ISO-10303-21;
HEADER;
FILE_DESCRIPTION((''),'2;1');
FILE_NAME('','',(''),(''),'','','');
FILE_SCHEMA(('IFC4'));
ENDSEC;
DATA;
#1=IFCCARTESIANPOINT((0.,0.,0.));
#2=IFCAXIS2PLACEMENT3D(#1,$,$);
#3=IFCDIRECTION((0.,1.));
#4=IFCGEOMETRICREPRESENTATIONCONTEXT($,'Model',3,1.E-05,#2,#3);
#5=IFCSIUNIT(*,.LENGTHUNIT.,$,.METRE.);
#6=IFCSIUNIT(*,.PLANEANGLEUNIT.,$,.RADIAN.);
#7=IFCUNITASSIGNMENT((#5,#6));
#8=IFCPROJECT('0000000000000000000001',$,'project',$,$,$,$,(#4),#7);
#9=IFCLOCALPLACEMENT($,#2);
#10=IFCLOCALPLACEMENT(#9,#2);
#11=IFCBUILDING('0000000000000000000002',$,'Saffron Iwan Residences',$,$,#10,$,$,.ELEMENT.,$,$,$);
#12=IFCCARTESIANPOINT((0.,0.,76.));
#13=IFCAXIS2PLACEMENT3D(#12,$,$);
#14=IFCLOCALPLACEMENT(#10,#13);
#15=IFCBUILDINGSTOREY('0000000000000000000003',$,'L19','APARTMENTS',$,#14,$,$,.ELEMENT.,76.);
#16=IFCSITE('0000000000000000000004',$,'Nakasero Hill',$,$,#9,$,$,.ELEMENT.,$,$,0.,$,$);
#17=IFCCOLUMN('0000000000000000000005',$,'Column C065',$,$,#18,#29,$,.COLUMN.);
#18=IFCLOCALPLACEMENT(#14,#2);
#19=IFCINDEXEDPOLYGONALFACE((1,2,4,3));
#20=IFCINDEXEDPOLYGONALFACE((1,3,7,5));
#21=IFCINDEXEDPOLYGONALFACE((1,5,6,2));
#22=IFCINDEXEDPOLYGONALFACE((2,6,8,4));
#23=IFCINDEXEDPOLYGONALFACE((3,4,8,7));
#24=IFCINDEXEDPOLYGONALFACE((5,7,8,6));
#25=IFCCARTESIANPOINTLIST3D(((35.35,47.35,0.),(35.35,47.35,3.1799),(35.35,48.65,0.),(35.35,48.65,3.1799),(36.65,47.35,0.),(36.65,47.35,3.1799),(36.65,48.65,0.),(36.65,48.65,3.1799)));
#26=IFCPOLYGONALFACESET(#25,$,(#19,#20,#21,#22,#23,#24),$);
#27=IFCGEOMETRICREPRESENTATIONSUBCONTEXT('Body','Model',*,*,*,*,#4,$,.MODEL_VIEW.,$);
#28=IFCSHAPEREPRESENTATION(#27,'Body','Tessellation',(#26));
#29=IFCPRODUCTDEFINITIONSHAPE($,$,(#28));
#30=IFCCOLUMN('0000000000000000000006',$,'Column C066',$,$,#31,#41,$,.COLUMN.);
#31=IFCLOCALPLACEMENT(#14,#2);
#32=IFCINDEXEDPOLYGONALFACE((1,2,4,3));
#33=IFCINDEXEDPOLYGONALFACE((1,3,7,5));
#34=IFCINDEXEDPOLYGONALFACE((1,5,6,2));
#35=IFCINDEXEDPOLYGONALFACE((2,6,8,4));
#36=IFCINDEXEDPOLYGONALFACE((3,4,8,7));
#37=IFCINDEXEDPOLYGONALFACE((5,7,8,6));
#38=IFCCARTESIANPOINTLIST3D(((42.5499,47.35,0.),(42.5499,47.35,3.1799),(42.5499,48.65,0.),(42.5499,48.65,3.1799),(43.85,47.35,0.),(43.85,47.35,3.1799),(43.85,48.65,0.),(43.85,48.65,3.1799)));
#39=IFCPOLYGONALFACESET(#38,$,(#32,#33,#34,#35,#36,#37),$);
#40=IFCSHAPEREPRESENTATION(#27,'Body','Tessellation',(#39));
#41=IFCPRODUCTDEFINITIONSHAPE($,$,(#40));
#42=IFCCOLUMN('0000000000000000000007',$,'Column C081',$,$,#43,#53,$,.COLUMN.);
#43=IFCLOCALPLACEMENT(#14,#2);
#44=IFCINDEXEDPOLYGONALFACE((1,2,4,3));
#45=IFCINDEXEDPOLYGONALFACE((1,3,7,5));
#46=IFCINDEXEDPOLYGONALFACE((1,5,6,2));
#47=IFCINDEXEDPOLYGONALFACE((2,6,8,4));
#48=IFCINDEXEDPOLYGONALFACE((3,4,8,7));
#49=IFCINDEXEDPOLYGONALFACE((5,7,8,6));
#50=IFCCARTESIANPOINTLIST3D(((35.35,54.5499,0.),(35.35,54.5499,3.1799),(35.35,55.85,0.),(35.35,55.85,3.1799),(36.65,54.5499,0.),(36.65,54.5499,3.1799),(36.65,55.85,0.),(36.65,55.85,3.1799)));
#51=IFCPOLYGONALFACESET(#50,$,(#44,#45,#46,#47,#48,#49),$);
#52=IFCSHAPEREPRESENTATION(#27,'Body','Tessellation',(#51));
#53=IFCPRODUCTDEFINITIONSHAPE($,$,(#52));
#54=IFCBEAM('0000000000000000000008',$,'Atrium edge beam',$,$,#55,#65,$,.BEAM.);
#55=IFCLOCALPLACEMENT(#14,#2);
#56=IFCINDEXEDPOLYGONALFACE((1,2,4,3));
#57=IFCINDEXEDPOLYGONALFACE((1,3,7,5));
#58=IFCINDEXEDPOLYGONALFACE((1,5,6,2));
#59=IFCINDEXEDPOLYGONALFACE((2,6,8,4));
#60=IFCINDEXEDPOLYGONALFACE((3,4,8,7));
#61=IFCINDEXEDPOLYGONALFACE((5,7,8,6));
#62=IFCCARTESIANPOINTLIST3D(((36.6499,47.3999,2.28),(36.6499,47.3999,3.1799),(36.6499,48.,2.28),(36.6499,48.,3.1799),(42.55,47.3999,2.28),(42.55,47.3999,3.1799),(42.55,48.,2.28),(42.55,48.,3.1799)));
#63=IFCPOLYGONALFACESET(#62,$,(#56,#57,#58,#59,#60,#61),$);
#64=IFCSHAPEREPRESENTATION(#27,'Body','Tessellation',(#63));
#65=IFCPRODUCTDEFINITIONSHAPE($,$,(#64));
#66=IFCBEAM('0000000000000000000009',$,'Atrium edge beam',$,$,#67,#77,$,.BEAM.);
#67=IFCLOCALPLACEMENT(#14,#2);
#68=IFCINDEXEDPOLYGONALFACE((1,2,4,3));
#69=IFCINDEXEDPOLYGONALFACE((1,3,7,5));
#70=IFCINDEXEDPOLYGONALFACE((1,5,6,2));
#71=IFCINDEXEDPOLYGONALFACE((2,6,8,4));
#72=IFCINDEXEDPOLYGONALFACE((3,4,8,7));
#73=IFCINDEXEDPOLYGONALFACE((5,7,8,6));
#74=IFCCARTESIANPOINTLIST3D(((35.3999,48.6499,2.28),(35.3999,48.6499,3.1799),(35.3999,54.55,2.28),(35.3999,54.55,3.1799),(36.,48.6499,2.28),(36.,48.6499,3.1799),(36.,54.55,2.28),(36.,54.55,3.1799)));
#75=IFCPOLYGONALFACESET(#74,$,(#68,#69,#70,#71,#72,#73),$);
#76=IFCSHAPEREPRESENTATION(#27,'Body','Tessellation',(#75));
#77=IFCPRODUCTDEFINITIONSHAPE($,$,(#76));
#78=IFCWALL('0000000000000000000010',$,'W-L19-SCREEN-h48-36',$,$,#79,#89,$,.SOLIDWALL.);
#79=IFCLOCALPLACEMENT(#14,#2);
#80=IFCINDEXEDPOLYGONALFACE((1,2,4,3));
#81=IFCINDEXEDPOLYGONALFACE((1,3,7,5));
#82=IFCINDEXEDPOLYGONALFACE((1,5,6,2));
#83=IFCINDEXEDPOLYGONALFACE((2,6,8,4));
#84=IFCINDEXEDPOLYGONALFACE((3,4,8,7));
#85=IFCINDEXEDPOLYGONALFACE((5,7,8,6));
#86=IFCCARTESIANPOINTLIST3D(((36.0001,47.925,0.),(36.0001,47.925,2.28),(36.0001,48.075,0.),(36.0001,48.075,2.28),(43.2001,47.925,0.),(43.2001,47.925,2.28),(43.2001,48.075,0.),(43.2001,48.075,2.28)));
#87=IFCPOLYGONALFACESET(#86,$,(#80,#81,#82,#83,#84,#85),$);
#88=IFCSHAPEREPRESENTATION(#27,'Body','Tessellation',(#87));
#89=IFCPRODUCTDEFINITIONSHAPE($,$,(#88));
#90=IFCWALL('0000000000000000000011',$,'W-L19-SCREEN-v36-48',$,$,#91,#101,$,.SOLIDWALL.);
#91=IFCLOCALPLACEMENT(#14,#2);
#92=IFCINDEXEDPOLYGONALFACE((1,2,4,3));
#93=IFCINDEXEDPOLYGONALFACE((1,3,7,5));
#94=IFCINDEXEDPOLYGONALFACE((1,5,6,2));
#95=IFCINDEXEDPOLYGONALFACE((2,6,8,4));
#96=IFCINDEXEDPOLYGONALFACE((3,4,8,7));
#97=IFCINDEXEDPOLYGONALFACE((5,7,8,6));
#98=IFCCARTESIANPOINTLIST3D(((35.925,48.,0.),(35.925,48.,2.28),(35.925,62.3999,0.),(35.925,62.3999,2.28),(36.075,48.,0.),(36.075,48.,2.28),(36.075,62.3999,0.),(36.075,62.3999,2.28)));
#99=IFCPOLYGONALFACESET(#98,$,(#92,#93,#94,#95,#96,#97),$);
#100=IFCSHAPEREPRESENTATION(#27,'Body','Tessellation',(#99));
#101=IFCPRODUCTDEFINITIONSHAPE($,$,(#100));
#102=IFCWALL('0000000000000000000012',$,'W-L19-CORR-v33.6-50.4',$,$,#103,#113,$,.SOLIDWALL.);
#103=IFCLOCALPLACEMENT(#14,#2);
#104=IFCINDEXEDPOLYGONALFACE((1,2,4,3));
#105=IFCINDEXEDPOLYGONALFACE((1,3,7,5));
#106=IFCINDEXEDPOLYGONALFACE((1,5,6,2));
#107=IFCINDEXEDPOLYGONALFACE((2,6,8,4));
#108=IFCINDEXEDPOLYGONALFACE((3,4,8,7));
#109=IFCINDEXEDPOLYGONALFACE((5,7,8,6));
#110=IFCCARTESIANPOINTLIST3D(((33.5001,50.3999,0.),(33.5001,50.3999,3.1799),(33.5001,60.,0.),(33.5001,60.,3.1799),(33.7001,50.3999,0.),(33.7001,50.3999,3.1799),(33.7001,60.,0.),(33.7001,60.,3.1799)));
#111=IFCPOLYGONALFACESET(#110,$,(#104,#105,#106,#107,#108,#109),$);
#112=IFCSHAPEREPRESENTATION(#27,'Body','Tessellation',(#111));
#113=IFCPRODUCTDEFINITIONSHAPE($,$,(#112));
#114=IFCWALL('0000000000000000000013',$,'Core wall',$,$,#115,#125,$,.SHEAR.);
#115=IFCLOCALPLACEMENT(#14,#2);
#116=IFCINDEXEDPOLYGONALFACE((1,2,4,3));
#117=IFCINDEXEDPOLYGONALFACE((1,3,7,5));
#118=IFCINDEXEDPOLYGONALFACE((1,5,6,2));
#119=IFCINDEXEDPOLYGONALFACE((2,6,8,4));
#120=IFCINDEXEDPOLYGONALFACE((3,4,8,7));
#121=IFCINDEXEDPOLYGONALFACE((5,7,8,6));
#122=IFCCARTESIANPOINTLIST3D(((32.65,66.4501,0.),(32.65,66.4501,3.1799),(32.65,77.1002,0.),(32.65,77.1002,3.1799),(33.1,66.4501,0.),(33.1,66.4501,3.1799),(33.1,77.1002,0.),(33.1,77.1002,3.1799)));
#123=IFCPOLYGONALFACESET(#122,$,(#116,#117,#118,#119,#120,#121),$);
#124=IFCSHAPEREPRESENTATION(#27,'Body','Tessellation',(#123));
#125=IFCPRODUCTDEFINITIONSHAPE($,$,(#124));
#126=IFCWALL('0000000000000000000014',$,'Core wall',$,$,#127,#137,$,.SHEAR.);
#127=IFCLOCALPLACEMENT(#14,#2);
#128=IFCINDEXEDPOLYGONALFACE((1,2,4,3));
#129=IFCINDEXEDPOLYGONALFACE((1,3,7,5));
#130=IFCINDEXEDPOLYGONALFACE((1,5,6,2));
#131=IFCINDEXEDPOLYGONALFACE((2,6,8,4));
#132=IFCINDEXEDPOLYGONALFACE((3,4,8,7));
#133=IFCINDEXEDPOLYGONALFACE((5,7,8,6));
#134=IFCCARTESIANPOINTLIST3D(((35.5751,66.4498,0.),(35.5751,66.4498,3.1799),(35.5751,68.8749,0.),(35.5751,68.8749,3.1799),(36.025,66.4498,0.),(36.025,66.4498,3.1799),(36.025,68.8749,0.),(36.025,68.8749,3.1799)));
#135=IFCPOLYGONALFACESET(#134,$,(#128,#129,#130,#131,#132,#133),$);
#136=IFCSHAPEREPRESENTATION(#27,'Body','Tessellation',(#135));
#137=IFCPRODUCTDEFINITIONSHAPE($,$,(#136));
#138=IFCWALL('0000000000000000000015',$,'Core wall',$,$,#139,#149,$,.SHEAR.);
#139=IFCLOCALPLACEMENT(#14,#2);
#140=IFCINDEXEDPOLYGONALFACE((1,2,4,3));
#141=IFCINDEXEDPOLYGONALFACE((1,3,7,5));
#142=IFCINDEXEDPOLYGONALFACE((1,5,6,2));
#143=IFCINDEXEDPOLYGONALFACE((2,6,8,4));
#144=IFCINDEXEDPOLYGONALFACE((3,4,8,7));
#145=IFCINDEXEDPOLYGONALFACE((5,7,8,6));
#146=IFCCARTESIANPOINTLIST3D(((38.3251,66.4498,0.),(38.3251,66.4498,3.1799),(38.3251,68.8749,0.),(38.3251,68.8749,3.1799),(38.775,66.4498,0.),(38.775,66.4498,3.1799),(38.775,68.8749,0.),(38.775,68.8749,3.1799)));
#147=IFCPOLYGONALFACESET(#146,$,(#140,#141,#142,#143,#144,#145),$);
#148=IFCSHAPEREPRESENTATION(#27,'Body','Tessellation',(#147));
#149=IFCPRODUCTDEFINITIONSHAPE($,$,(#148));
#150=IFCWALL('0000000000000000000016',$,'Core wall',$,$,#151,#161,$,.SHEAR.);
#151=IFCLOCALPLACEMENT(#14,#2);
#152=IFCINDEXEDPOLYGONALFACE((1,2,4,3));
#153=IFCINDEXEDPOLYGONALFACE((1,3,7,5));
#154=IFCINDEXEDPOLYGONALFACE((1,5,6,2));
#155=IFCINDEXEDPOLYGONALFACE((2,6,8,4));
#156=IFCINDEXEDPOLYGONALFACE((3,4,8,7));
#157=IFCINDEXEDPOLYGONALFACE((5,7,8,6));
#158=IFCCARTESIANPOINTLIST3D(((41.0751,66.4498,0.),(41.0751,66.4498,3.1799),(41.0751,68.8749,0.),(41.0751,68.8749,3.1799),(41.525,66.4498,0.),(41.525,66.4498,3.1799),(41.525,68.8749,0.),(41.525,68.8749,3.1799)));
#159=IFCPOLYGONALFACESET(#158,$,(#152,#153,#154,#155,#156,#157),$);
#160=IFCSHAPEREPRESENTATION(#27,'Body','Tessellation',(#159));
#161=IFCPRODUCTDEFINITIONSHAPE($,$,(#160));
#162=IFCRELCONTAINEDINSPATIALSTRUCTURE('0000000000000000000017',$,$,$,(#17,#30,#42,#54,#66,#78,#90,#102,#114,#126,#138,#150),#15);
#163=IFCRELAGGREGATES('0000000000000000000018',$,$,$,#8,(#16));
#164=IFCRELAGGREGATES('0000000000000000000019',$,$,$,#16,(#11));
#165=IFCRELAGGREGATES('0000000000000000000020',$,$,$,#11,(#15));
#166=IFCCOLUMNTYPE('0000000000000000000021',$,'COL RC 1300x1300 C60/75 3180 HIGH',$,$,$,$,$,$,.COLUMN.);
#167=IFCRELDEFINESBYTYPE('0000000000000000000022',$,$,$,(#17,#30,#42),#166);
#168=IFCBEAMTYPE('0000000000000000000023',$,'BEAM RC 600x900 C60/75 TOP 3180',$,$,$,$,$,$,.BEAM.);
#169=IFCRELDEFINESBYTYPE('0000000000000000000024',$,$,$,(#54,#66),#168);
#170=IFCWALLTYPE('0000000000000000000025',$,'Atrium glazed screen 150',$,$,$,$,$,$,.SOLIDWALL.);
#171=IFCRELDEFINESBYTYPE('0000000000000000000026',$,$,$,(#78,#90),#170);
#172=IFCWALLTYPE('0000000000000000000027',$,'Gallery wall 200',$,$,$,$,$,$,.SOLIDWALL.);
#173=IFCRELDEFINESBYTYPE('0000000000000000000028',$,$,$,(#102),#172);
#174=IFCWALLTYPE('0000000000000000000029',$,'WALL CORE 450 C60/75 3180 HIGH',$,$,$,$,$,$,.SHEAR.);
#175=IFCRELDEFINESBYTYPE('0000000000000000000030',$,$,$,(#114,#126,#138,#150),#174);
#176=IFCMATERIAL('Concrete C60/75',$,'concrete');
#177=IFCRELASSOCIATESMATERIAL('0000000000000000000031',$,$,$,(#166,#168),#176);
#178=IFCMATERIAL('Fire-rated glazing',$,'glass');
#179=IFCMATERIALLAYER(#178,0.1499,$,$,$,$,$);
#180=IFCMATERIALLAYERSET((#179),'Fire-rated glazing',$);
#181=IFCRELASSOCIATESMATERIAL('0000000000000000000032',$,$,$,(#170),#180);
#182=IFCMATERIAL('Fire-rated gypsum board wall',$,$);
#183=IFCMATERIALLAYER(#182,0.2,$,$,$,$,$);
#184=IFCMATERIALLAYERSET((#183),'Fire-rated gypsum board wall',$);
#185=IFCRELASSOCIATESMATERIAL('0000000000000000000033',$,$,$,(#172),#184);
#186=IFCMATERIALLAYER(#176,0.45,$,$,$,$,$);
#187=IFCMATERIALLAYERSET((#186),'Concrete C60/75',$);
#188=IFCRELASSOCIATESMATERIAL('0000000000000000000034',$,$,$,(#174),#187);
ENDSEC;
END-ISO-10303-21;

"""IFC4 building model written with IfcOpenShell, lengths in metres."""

from ifc_helpers import new_model, si_unit, direction, frame, frame_2d, origin, origin_2d, place, context, subcontext, project, spatial, rectangle, extrude, source, transform, mapped, material, layer, layer_set, material_profile, profile_set, type_object, element, save


model = new_model("IFC4")

# Units and contexts
model_context = context("Model", 3, precision=1e-05, world=origin(), true_north=direction((0.0, 1.0)))
body_context = subcontext(model_context, "Body", "Model", "MODEL_VIEW")
ifc_project = project(units=[si_unit("LENGTHUNIT", "METRE"), si_unit("PLANEANGLEUNIT", "RADIAN")], contexts=[model_context])

# Site, building, storey
site_placement = place(None, origin())
site = spatial("IfcSite", under=ifc_project, at=site_placement, Name="Nakasero Hill", CompositionType="ELEMENT", RefElevation=0.0)
building_placement = place(site_placement, origin())
building = spatial("IfcBuilding", under=site, at=building_placement, Name="Saffron Iwan Residences", CompositionType="ELEMENT")
storey_placement = place(building_placement, frame((0.0, 0.0, 76.0)))
storey = spatial("IfcBuildingStorey", under=building, at=storey_placement, Name="L19", Description="APARTMENTS", CompositionType="ELEMENT", Elevation=76.0)

# Columns
ifc_material_1 = material(Name="Concrete C60/75", Category="concrete")
ifc_material_profile_1 = material_profile(ifc_material_1, rectangle(XDim=1.3, YDim=1.3, at=origin_2d()), Name="RC 1300x1300")
ifc_profile_set_1 = profile_set([ifc_material_profile_1], Name="Concrete C60/75")
column_type = type_object("IfcColumnType", Name="COL RC 1300x1300 C60/75 3180 HIGH", PredefinedType="COLUMN", material=ifc_profile_set_1)
shared_shape_1 = source(origin(), body_context, "Body", "SweptSolid", [
    extrude(rectangle(XDim=1.3, YDim=1.3, at=origin_2d()), origin(), (0.0, 0.0, 1.0), 3.1799),
])
for number, where, z_axis, x_axis, name in (
    (1, (36.0, 48.0, 0.0), (0.0, 0.0, 1.0), (1.0, 0.0, 0.0), "Column C065"),
    (2, (43.2, 48.0, 0.0), (0.0, 0.0, 1.0), (1.0, 0.0, 0.0), "Column C066"),
    (3, (36.0, 55.2, 0.0), (0.0, 0.0, 1.0), (1.0, 0.0, 0.0), "Column C081"),
):
    element("IfcColumn", number, at=place(storey_placement, frame(where, z_axis=z_axis, x_axis=x_axis)), inside=storey, type_object=column_type, Name=name, PredefinedType="COLUMN", context=body_context, shape_type="MappedRepresentation", body=[
        mapped(shared_shape_1, transform((0.0, 0.0, 0.0))),
    ])

# Beams
ifc_material_profile_2 = material_profile(ifc_material_1, rectangle(XDim=0.6001, YDim=0.8999, at=origin_2d()), Name="RC 600x900")
ifc_profile_set_2 = profile_set([ifc_material_profile_2], Name="Concrete C60/75")
beam_type = type_object("IfcBeamType", Name="BEAM RC 600x900 C60/75 TOP 3180", PredefinedType="BEAM", material=ifc_profile_set_2)
shared_shape_2 = source(origin(), body_context, "Body", "SweptSolid", [
    extrude(rectangle(XDim=0.6001, YDim=0.8999, at=origin_2d()), origin(), (0.0, 0.0, 1.0), 5.9001),
])
for number, where, z_axis, x_axis, name in (
    (4, (42.55, 47.7, 2.73), (-1.0, 0.0, 0.0), (0.0, -1.0, 0.0), "Atrium edge beam"),
    (5, (35.7, 48.6499, 2.73), (0.0, 1.0, 0.0), (-1.0, 0.0, 0.0), "Atrium edge beam"),
):
    element("IfcBeam", number, at=place(storey_placement, frame(where, z_axis=z_axis, x_axis=x_axis)), inside=storey, type_object=beam_type, Name=name, PredefinedType="BEAM", context=body_context, shape_type="MappedRepresentation", body=[
        mapped(shared_shape_2, transform((0.0, 0.0, 0.0))),
    ])

# Walls
ifc_material_2 = material(Name="Fire-rated glazing", Category="glass")
ifc_layer_1 = layer(ifc_material_2, 0.1499)
ifc_layer_set_1 = layer_set([ifc_layer_1], Name="Fire-rated glazing")
wall_type_1 = type_object("IfcWallType", Name="Atrium glazed screen 150", PredefinedType="SOLIDWALL", material=ifc_layer_set_1)
wall_1_placement = place(storey_placement, frame((36.0, 48.0, 0.0), z_axis=(0.0, 0.0, 1.0), x_axis=(1.0, 0.0, 0.0)))
element("IfcWall", 6, at=wall_1_placement, inside=storey, type_object=wall_type_1, Name="W-L19-SCREEN-h48-36", PredefinedType="SOLIDWALL", context=body_context, shape_type="SweptSolid", body=[
    extrude(rectangle(XDim=7.2, YDim=0.1499, at=frame_2d((3.6001, 0.0))), origin(), (0.0, 0.0, 1.0), 2.28),
])
wall_2_placement = place(storey_placement, frame((36.0, 48.0, 0.0), z_axis=(0.0, 0.0, 1.0), x_axis=(0.0, 1.0, 0.0)))
element("IfcWall", 7, at=wall_2_placement, inside=storey, type_object=wall_type_1, Name="W-L19-SCREEN-v36-48", PredefinedType="SOLIDWALL", context=body_context, shape_type="SweptSolid", body=[
    extrude(rectangle(XDim=14.3999, YDim=0.1499, at=frame_2d((7.2, 0.0))), origin(), (0.0, 0.0, 1.0), 2.28),
])
ifc_material_3 = material(Name="Fire-rated gypsum board wall")
ifc_layer_2 = layer(ifc_material_3, 0.2)
ifc_layer_set_2 = layer_set([ifc_layer_2], Name="Fire-rated gypsum board wall")
wall_type_2 = type_object("IfcWallType", Name="Gallery wall 200", PredefinedType="SOLIDWALL", material=ifc_layer_set_2)
wall_3_placement = place(storey_placement, frame((33.6001, 50.3999, 0.0), z_axis=(0.0, 0.0, 1.0), x_axis=(0.0, 1.0, 0.0)))
element("IfcWall", 8, at=wall_3_placement, inside=storey, type_object=wall_type_2, Name="W-L19-CORR-v33.6-50.4", PredefinedType="SOLIDWALL", context=body_context, shape_type="SweptSolid", body=[
    extrude(rectangle(XDim=9.6001, YDim=0.2, at=frame_2d((4.8, 0.0))), origin(), (0.0, 0.0, 1.0), 3.1799),
])
ifc_layer_3 = layer(ifc_material_1, 0.45)
ifc_layer_set_3 = layer_set([ifc_layer_3], Name="Concrete C60/75")
wall_type_3 = type_object("IfcWallType", Name="WALL CORE 450 C60/75 3180 HIGH", PredefinedType="SHEAR", material=ifc_layer_set_3)
wall_4_placement = place(storey_placement, frame((32.875, 66.45, 0.0), z_axis=(0.0, 0.0, 1.0), x_axis=(0.0, 1.0, 0.0)))
element("IfcWall", 9, at=wall_4_placement, inside=storey, type_object=wall_type_3, Name="Core wall", PredefinedType="SHEAR", context=body_context, shape_type="SweptSolid", body=[
    extrude(rectangle(XDim=10.6501, YDim=0.45, at=frame_2d((5.3252, 0.0))), origin(), (0.0, 0.0, 1.0), 3.1799),
])
for number, where, z_axis, x_axis, name in (
    (10, (35.8, 66.45, 0.0), (0.0, 0.0, 1.0), (0.0, 1.0, 0.0), "Core wall"),
    (11, (38.55, 66.45, 0.0), (0.0, 0.0, 1.0), (0.0, 1.0, 0.0), "Core wall"),
    (12, (41.3, 66.45, 0.0), (0.0, 0.0, 1.0), (0.0, 1.0, 0.0), "Core wall"),
):
    element("IfcWall", number, at=place(storey_placement, frame(where, z_axis=z_axis, x_axis=x_axis)), inside=storey, type_object=wall_type_3, Name=name, PredefinedType="SHEAR", context=body_context, shape_type="SweptSolid", body=[
        extrude(rectangle(XDim=2.425, YDim=0.45, at=frame_2d((1.2124, 0.0))), origin(), (0.0, 0.0, 1.0), 3.1799),
    ])

save(model, "model.ifc")
